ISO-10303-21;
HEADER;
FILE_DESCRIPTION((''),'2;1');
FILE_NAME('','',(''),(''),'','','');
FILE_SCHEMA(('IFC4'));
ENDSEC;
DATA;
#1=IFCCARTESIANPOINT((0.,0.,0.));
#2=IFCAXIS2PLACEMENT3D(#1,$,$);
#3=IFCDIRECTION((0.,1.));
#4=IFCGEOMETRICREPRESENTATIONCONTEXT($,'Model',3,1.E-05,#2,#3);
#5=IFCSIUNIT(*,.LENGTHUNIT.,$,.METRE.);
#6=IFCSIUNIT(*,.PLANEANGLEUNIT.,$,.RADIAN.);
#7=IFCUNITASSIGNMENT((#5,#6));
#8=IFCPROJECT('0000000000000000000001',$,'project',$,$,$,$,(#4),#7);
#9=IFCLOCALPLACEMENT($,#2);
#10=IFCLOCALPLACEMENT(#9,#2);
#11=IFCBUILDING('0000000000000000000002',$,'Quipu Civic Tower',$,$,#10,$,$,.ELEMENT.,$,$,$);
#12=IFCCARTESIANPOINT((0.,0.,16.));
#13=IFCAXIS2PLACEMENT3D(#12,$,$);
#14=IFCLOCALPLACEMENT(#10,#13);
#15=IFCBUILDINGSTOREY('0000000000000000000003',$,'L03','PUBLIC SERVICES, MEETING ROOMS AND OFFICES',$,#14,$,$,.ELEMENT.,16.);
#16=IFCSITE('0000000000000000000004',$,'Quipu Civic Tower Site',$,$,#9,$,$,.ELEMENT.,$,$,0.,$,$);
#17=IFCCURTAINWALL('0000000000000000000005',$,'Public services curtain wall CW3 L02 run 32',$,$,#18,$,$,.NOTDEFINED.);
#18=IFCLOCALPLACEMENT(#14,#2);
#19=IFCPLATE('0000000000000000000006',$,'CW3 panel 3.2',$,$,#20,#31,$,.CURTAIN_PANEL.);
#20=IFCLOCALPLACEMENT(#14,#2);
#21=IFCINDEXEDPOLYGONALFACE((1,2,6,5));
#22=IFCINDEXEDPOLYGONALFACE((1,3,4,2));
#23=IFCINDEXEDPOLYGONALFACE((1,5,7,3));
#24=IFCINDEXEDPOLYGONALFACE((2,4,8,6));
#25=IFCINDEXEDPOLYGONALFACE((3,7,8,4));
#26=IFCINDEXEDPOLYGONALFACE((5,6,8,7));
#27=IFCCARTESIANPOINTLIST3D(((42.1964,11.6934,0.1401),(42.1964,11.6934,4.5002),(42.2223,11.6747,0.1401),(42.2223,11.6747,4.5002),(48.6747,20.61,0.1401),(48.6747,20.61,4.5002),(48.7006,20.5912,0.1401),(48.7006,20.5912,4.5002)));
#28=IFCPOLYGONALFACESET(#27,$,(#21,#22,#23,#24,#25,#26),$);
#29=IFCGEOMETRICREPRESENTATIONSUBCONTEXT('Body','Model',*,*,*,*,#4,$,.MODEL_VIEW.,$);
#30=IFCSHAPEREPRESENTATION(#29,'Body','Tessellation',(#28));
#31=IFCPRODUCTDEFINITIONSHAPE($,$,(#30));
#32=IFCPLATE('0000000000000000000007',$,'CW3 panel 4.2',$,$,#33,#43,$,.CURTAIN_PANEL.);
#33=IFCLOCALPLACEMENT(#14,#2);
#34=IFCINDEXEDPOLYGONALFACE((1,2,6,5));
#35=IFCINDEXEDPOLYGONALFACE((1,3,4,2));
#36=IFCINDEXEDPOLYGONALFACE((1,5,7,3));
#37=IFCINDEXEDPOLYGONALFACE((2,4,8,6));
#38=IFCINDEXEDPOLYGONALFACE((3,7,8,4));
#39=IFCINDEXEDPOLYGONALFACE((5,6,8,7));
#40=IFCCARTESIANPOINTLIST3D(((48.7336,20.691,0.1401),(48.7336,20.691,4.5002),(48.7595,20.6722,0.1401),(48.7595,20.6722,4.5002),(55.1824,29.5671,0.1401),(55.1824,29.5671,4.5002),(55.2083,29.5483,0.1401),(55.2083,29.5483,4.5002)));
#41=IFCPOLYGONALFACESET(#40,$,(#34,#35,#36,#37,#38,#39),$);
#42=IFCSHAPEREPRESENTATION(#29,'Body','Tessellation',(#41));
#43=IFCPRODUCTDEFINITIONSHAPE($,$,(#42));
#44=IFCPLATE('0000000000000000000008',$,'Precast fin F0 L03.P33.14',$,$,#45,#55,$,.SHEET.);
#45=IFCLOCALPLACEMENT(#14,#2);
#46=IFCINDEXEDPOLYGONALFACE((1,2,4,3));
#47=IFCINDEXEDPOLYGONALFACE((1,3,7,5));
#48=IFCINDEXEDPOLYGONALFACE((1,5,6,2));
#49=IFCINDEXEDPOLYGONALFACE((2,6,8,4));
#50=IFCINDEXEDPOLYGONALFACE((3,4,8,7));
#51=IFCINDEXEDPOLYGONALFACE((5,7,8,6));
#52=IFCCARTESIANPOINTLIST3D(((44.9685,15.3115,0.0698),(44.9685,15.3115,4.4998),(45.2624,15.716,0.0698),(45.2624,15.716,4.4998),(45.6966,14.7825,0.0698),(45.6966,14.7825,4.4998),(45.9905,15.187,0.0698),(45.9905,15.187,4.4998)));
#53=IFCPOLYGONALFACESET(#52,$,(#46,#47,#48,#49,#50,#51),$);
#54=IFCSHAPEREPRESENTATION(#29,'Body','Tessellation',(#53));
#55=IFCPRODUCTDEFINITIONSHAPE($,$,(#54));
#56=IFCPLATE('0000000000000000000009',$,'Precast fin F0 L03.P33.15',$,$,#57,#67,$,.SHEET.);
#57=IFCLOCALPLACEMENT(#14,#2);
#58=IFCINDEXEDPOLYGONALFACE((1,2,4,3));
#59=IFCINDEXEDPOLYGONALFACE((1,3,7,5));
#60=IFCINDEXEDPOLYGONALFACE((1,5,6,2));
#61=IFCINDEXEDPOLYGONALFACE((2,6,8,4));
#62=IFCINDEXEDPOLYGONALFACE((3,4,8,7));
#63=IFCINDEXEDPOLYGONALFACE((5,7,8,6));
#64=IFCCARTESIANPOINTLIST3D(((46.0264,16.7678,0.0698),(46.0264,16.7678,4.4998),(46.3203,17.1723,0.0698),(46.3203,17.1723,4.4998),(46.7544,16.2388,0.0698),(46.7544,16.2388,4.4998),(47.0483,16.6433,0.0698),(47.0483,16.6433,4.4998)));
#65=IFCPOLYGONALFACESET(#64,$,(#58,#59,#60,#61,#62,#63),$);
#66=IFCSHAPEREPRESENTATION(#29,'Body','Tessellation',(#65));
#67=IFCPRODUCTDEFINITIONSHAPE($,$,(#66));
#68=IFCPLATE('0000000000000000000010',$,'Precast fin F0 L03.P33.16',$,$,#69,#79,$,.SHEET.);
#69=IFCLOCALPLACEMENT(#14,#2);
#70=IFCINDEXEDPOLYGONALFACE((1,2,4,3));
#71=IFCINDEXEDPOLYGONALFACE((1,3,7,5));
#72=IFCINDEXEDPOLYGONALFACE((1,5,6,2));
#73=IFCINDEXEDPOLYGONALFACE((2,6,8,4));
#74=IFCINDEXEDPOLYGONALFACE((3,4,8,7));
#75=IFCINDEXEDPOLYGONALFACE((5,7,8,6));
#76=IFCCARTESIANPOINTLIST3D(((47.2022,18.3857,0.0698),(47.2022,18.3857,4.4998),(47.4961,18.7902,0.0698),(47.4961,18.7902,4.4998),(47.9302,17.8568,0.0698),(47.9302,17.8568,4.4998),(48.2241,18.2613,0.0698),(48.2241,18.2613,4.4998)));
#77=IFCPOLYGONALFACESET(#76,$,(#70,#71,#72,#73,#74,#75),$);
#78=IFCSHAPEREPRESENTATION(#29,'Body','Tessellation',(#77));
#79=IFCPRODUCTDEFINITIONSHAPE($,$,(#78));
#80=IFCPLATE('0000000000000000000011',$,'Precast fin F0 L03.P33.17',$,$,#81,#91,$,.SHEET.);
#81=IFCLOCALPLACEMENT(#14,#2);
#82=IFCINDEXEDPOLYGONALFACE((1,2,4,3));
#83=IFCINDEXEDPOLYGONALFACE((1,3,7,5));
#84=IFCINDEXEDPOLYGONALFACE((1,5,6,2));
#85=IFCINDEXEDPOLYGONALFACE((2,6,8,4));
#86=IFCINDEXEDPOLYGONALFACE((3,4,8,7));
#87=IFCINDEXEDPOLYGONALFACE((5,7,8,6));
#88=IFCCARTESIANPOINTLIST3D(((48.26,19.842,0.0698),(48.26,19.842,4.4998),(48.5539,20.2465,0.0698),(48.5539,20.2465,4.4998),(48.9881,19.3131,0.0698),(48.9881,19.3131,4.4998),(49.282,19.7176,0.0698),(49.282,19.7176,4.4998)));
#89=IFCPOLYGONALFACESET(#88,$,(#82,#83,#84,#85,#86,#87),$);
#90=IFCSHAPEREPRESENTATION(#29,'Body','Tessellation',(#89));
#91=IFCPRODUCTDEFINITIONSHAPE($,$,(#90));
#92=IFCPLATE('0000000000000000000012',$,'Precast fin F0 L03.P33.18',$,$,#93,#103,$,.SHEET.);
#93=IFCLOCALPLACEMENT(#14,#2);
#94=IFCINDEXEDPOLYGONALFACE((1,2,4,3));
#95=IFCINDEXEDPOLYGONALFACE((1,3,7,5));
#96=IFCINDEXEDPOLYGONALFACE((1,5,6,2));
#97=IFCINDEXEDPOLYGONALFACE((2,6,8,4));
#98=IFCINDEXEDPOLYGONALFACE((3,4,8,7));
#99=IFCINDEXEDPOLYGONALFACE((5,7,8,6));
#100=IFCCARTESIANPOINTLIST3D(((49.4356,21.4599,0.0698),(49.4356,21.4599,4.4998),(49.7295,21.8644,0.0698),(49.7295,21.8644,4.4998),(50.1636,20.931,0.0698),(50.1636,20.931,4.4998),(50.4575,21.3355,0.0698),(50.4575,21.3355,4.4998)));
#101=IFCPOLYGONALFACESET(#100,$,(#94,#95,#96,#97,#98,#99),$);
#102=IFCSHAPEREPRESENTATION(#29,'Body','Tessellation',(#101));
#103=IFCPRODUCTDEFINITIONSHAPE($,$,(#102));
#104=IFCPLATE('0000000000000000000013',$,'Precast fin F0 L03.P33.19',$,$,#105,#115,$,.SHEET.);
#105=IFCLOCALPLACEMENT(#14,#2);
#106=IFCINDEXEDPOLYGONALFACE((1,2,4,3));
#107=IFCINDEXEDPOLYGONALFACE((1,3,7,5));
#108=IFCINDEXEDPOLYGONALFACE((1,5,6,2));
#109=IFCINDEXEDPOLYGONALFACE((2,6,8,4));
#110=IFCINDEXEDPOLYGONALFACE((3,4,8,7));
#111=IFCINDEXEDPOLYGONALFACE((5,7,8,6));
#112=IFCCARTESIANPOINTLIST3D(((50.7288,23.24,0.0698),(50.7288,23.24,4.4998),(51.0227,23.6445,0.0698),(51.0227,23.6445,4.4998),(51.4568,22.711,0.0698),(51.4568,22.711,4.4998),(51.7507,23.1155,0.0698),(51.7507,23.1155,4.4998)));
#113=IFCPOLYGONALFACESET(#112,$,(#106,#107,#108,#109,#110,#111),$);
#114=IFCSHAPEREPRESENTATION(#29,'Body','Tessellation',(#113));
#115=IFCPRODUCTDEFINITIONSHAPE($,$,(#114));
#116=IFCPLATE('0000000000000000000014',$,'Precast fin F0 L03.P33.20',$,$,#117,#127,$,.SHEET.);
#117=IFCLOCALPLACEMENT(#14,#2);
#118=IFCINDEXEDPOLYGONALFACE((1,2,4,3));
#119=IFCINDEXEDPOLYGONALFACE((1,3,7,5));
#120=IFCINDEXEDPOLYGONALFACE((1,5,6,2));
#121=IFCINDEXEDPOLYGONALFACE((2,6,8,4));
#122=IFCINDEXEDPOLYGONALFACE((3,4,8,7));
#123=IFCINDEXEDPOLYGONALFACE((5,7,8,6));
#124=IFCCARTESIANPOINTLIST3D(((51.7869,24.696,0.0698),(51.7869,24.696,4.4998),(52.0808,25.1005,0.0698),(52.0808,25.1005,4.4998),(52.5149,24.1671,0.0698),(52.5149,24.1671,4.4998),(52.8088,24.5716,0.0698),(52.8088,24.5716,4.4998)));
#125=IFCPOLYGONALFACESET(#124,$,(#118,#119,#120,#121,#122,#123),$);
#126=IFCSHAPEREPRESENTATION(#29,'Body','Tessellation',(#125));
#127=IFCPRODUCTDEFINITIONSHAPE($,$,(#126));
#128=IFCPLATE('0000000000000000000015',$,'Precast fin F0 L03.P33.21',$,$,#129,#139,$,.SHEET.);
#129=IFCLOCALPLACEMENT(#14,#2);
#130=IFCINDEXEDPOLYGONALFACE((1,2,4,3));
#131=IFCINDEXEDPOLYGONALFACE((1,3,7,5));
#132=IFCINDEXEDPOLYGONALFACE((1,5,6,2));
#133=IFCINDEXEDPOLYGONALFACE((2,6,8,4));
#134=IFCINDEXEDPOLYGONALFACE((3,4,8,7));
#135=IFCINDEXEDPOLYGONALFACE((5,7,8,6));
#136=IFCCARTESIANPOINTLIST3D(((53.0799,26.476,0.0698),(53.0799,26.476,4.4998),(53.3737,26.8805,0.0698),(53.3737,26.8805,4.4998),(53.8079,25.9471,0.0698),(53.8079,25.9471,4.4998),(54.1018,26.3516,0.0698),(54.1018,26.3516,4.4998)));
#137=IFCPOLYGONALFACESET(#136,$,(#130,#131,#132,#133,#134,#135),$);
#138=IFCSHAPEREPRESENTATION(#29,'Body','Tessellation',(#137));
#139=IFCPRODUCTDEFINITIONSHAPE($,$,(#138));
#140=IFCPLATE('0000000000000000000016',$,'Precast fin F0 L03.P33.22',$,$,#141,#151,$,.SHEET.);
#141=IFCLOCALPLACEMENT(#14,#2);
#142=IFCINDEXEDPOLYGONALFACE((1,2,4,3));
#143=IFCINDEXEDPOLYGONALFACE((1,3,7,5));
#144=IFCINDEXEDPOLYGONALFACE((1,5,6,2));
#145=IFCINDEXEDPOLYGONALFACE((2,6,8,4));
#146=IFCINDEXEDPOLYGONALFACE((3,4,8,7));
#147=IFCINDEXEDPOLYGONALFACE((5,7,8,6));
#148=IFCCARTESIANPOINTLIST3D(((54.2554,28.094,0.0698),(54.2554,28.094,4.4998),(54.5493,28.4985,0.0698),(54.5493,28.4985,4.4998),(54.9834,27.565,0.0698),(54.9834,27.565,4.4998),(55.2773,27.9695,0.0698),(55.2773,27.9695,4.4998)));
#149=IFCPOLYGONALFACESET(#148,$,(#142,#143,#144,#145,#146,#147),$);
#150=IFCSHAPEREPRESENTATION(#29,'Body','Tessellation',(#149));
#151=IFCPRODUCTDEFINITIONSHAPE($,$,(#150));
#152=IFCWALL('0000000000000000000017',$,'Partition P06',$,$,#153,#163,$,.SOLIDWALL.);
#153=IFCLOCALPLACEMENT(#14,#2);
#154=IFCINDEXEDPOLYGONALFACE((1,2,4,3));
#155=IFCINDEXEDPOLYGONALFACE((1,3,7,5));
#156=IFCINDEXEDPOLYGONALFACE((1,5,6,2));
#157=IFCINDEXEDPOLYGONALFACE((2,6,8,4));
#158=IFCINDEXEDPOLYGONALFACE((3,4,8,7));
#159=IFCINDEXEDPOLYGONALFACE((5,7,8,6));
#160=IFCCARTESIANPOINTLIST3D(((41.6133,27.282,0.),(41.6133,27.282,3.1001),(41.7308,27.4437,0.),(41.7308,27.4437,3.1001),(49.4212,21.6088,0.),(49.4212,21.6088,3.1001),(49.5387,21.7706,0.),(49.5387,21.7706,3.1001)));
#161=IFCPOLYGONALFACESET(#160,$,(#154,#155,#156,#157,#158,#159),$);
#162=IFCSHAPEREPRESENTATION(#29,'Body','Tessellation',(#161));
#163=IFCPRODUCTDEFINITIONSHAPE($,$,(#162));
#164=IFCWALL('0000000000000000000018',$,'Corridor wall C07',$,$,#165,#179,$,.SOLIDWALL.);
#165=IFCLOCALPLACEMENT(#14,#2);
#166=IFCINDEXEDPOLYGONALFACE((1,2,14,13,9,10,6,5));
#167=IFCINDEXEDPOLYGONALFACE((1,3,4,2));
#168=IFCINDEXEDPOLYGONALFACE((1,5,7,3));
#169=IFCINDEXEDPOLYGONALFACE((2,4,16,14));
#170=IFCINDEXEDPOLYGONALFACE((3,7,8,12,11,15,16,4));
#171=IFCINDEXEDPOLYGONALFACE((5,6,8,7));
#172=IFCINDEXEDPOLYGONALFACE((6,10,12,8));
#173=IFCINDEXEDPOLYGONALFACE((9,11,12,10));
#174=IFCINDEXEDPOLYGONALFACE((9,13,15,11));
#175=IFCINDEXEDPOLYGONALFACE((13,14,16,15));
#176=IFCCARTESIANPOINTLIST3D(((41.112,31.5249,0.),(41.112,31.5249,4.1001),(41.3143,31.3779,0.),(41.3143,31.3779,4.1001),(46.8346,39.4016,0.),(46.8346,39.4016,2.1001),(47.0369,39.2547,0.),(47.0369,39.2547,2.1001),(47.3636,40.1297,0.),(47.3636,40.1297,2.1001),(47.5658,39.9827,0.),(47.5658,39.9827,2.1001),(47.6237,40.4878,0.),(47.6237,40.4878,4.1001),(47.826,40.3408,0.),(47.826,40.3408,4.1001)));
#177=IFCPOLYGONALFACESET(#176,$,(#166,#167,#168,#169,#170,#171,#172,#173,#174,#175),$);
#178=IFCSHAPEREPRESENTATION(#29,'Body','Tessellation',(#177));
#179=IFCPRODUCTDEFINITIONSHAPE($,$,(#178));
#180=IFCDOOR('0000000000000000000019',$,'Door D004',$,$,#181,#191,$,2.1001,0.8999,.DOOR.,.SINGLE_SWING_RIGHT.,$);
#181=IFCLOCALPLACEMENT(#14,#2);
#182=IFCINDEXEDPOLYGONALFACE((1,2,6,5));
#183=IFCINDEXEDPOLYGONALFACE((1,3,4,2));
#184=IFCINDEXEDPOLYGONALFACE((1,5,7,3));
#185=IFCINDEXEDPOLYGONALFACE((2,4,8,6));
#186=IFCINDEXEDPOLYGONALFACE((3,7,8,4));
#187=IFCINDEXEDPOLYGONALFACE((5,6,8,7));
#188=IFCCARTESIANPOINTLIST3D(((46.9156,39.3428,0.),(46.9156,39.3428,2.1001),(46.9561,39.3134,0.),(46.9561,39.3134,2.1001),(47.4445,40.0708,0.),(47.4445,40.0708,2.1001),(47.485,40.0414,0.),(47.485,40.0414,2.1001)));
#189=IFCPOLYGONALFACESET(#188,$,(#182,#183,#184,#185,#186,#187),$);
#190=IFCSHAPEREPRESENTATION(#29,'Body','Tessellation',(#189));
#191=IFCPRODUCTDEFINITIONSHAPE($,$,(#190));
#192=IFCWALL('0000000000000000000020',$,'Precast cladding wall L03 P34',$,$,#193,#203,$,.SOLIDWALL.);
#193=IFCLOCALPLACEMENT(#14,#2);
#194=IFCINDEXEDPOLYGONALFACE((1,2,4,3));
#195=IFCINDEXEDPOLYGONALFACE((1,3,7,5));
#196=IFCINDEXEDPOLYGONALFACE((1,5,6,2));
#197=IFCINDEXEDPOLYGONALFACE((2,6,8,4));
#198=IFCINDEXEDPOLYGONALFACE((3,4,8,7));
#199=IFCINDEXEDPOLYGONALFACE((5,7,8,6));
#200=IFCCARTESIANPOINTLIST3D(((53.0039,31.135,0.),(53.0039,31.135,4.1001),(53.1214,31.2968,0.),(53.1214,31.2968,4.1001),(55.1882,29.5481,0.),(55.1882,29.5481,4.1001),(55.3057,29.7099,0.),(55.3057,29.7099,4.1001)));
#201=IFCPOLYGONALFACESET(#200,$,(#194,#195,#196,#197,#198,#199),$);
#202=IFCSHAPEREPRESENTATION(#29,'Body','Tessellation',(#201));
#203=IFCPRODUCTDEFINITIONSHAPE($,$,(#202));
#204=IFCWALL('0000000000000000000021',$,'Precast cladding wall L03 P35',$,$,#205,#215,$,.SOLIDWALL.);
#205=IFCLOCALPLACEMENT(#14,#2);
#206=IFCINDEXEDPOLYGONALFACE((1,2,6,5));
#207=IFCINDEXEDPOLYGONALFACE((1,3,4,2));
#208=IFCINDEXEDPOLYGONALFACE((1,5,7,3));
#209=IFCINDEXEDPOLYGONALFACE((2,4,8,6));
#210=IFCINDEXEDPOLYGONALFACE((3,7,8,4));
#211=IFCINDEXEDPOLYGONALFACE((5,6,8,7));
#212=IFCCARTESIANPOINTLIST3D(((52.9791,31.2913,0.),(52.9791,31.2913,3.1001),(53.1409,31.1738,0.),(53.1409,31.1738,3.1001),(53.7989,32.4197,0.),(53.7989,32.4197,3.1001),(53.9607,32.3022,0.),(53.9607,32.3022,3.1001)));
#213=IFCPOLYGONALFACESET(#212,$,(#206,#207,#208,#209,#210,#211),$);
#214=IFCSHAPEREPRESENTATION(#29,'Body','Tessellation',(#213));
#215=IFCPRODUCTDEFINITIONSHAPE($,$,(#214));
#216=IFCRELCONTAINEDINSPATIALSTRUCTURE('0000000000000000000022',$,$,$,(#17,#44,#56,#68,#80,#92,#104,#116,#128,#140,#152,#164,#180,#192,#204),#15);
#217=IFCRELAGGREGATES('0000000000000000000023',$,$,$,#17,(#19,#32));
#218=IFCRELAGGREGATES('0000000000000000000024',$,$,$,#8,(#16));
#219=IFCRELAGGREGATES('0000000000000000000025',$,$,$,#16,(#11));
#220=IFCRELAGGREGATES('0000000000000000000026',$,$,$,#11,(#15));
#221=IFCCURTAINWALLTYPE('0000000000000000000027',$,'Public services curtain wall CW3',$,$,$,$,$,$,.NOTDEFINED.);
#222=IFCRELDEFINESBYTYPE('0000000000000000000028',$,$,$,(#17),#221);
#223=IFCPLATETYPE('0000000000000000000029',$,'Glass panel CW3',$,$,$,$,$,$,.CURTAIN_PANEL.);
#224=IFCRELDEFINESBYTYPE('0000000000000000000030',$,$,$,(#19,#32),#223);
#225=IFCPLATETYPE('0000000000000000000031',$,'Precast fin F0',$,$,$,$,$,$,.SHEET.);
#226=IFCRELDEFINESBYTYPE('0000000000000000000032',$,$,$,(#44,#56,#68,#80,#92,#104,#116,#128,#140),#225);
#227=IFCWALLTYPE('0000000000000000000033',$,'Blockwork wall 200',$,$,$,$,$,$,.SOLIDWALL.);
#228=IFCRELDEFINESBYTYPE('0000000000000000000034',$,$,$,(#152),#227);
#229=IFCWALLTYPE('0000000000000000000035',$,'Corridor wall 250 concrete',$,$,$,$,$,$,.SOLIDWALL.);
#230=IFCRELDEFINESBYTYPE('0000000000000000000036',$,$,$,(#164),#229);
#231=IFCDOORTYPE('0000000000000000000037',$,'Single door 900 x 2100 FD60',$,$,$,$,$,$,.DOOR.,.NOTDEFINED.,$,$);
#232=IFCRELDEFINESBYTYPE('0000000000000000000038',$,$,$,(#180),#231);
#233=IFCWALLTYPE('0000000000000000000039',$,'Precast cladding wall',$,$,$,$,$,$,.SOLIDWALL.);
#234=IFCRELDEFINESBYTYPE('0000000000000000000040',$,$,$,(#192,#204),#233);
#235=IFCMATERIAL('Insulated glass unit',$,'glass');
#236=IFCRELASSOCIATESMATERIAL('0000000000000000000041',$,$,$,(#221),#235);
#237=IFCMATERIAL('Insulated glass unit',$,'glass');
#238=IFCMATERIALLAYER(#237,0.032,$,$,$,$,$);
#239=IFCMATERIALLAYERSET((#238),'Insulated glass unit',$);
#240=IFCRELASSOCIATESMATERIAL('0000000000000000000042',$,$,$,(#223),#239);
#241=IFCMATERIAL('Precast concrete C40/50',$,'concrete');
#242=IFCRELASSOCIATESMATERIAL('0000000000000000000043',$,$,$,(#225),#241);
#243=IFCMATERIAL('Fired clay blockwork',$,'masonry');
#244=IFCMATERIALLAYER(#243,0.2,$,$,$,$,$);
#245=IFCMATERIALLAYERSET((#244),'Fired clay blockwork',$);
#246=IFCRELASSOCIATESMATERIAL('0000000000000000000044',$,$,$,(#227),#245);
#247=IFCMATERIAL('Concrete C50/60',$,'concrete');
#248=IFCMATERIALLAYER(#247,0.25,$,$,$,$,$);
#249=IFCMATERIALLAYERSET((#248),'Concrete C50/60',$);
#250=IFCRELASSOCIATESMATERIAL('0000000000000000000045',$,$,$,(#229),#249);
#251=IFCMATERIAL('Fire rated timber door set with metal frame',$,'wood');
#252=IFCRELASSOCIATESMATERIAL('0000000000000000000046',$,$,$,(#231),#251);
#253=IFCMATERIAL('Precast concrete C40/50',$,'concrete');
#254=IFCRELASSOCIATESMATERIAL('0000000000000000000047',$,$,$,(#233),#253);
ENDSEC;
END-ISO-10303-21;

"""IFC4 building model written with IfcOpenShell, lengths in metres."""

from ifc_helpers import new_model, si_unit, direction, frame, frame_2d, origin, origin_2d, place, context, subcontext, project, spatial, rectangle, extrude, material, layer, layer_set, type_object, element, fill, aggregate, save


model = new_model("IFC4")

# Units and contexts
model_context = context("Model", 3, precision=1e-05, world=origin(), true_north=direction((0.0, 1.0)))
body_context = subcontext(model_context, "Body", "Model", "MODEL_VIEW")
ifc_project = project(units=[si_unit("LENGTHUNIT", "METRE"), si_unit("PLANEANGLEUNIT", "RADIAN")], contexts=[model_context])

# Site, building, storey
site_placement = place(None, origin())
site = spatial("IfcSite", under=ifc_project, at=site_placement, Name="Quipu Civic Tower Site", CompositionType="ELEMENT", RefElevation=0.0)
building_placement = place(site_placement, origin())
building = spatial("IfcBuilding", under=site, at=building_placement, Name="Quipu Civic Tower", CompositionType="ELEMENT")
storey_placement = place(building_placement, frame((0.0, 0.0, 16.0)))
storey = spatial("IfcBuildingStorey", under=building, at=storey_placement, Name="L03", Description="PUBLIC SERVICES, MEETING ROOMS AND OFFICES", CompositionType="ELEMENT", Elevation=16.0)

# Curtain wall
ifc_material_1 = material(Name="Insulated glass unit", Category="glass")
curtain_wall_type = type_object("IfcCurtainWallType", Name="Public services curtain wall CW3", PredefinedType="NOTDEFINED", material=ifc_material_1)
curtain_wall_placement = place(storey_placement, origin())
curtain_wall = element("IfcCurtainWall", 1, at=curtain_wall_placement, inside=storey, type_object=curtain_wall_type, Name="Public services curtain wall CW3 L02 run 32", PredefinedType="NOTDEFINED")

# Plates
ifc_material_2 = material(Name="Insulated glass unit", Category="glass")
ifc_layer_1 = layer(ifc_material_2, 0.032)
ifc_layer_set_1 = layer_set([ifc_layer_1], Name="Insulated glass unit")
plate_type_1 = type_object("IfcPlateType", Name="Glass panel CW3", PredefinedType="CURTAIN_PANEL", material=ifc_layer_set_1)
plate_1_placement = place(storey_placement, frame((45.4485, 16.1423, 0.1401), z_axis=(0.0, 0.0, 1.0), x_axis=(0.587785, 0.809017, 0.0)))
plate_1 = element("IfcPlate", 2, at=plate_1_placement, type_object=plate_type_1, Name="CW3 panel 3.2", PredefinedType="CURTAIN_PANEL", context=body_context, shape_type="SweptSolid", body=[
    extrude(rectangle(XDim=11.0215, YDim=0.032, at=origin_2d()), origin(), (0.0, 0.0, 1.0), 4.3601),
])
plate_2_placement = place(storey_placement, frame((51.9709, 25.1196, 0.1401), z_axis=(0.0, 0.0, 1.0), x_axis=(0.587785, 0.809017, 0.0)))
plate_2 = element("IfcPlate", 3, at=plate_2_placement, type_object=plate_type_1, Name="CW3 panel 4.2", PredefinedType="CURTAIN_PANEL", context=body_context, shape_type="SweptSolid", body=[
    extrude(rectangle(XDim=10.9714, YDim=0.032, at=origin_2d()), origin(), (0.0, 0.0, 1.0), 4.3601),
])
aggregate(curtain_wall, [plate_1, plate_2])

# Plates
ifc_material_3 = material(Name="Precast concrete C40/50", Category="concrete")
plate_type_2 = type_object("IfcPlateType", Name="Precast fin F0", PredefinedType="SHEET", material=ifc_material_3)
for number, where, z_axis, x_axis, name in (
    (4, (45.4795, 15.2493, 0.0698), (0.0, 0.0, 1.0), (0.587786, 0.809017, 0.0), "Precast fin F0 L03.P33.14"),
    (5, (46.5374, 16.7056, 0.0698), (0.0, 0.0, 1.0), (0.587786, 0.809017, 0.0), "Precast fin F0 L03.P33.15"),
    (6, (47.7131, 18.3235, 0.0698), (0.0, 0.0, 1.0), (0.587786, 0.809017, 0.0), "Precast fin F0 L03.P33.16"),
    (7, (48.771, 19.7798, 0.0698), (0.0, 0.0, 1.0), (0.587786, 0.809017, 0.0), "Precast fin F0 L03.P33.17"),
    (8, (49.9465, 21.3977, 0.0698), (0.0, 0.0, 1.0), (0.587786, 0.809017, 0.0), "Precast fin F0 L03.P33.18"),
    (9, (51.2397, 23.1777, 0.0698), (0.0, 0.0, 1.0), (0.587786, 0.809017, 0.0), "Precast fin F0 L03.P33.19"),
    (10, (52.2979, 24.6338, 0.0698), (0.0, 0.0, 1.0), (0.587786, 0.809017, 0.0), "Precast fin F0 L03.P33.20"),
    (11, (53.5908, 26.4138, 0.0698), (0.0, 0.0, 1.0), (0.587786, 0.809017, 0.0), "Precast fin F0 L03.P33.21"),
    (12, (54.7664, 28.0317, 0.0698), (0.0, 0.0, 1.0), (0.587786, 0.809017, 0.0), "Precast fin F0 L03.P33.22"),
):
    element("IfcPlate", number, at=place(storey_placement, frame(where, z_axis=z_axis, x_axis=x_axis)), inside=storey, type_object=plate_type_2, Name=name, PredefinedType="SHEET", context=body_context, shape_type="SweptSolid", body=[
        extrude(rectangle(XDim=0.5, YDim=0.8999, at=origin_2d()), origin(), (0.0, 0.0, 1.0), 4.4299),
    ])

# Wall
ifc_material_4 = material(Name="Fired clay blockwork", Category="masonry")
ifc_layer_2 = layer(ifc_material_4, 0.2)
ifc_layer_set_2 = layer_set([ifc_layer_2], Name="Fired clay blockwork")
wall_type_1 = type_object("IfcWallType", Name="Blockwork wall 200", PredefinedType="SOLIDWALL", material=ifc_layer_set_2)
wall_1_placement = place(storey_placement, frame((49.48, 21.6897, 0.0), z_axis=(0.0, 0.0, 1.0), x_axis=(-0.809, 0.587809, 0.0)))
element("IfcWall", 13, at=wall_1_placement, inside=storey, type_object=wall_type_1, Name="Partition P06", PredefinedType="SOLIDWALL", context=body_context, shape_type="SweptSolid", body=[
    extrude(rectangle(XDim=9.6514, YDim=0.2, at=frame_2d((4.8257, 0.0))), origin(), (0.0, 0.0, 1.0), 3.1001),
])

# Wall, opening, door
ifc_material_5 = material(Name="Concrete C50/60", Category="concrete")
ifc_layer_3 = layer(ifc_material_5, 0.25)
ifc_layer_set_3 = layer_set([ifc_layer_3], Name="Concrete C50/60")
wall_type_2 = type_object("IfcWallType", Name="Corridor wall 250 concrete", PredefinedType="SOLIDWALL", material=ifc_layer_set_3)
wall_2_placement = place(storey_placement, frame((41.2131, 31.4514, 0.0), z_axis=(0.0, 0.0, 1.0), x_axis=(0.587773, 0.809026, 0.0)))
wall_2 = element("IfcWall", 14, at=wall_2_placement, inside=storey, type_object=wall_type_2, Name="Corridor wall C07", PredefinedType="SOLIDWALL", context=body_context, shape_type="SweptSolid", body=[
    extrude(rectangle(XDim=11.0786, YDim=0.25, at=frame_2d((5.5393, 0.0))), origin(), (0.0, 0.0, 1.0), 4.1001),
])
opening_placement = place(wall_2_placement, frame((9.7361, 0.0, 0.0)))
opening = element("IfcOpeningElement", 15, at=opening_placement, cuts=wall_2, PredefinedType="OPENING", context=body_context, shape_type="SweptSolid", body=[
    extrude(rectangle(XDim=0.8999, YDim=2.1001, at=frame_2d((0.45, 1.05))), frame((0.0, 0.135, 0.0), z_axis=(0.0, -1.0, 0.0), x_axis=(1.0, 0.0, 0.0)), (0.0, 0.0, 1.0), 0.27),
])
ifc_material_6 = material(Name="Fire rated timber door set with metal frame", Category="wood")
door_type = type_object("IfcDoorType", Name="Single door 900 x 2100 FD60", OperationType="NOTDEFINED", PredefinedType="DOOR", material=ifc_material_6)
door_placement = place(opening_placement, origin())
door = element("IfcDoor", 16, at=door_placement, inside=storey, type_object=door_type, Name="Door D004", OperationType="SINGLE_SWING_RIGHT", OverallHeight=2.1001, OverallWidth=0.8999, PredefinedType="DOOR", context=body_context, shape_type="SweptSolid", body=[
    extrude(rectangle(XDim=0.8999, YDim=2.1001, at=frame_2d((0.45, 1.05))), frame((0.0, 0.0249, 0.0), z_axis=(0.0, -1.0, 0.0), x_axis=(1.0, 0.0, 0.0)), (0.0, 0.0, 1.0), 0.05),
])
fill(opening, door)

# Walls
ifc_material_7 = material(Name="Precast concrete C40/50", Category="concrete")
wall_type_3 = type_object("IfcWallType", Name="Precast cladding wall", PredefinedType="SOLIDWALL", material=ifc_material_7)
wall_3_placement = place(storey_placement, frame((55.2471, 29.6289, 0.0), z_axis=(0.0, 0.0, 1.0), x_axis=(-0.809033, 0.587763, 0.0)))
element("IfcWall", 17, at=wall_3_placement, inside=storey, type_object=wall_type_3, Name="Precast cladding wall L03 P34", PredefinedType="SOLIDWALL", context=body_context, shape_type="SweptSolid", body=[
    extrude(rectangle(XDim=2.7, YDim=0.2, at=frame_2d((1.3501, 0.0))), origin(), (0.0, 0.0, 1.0), 4.1001),
])
wall_4_placement = place(storey_placement, frame((53.0601, 31.2327, 0.0), z_axis=(0.0, 0.0, 1.0), x_axis=(0.587776, 0.809024, 0.0)))
element("IfcWall", 18, at=wall_4_placement, inside=storey, type_object=wall_type_3, Name="Precast cladding wall L03 P35", PredefinedType="SOLIDWALL", context=body_context, shape_type="SweptSolid", body=[
    extrude(rectangle(XDim=1.3948, YDim=0.2, at=frame_2d((0.6973, 0.0))), origin(), (0.0, 0.0, 1.0), 3.1001),
])

save(model, "model.ifc")
